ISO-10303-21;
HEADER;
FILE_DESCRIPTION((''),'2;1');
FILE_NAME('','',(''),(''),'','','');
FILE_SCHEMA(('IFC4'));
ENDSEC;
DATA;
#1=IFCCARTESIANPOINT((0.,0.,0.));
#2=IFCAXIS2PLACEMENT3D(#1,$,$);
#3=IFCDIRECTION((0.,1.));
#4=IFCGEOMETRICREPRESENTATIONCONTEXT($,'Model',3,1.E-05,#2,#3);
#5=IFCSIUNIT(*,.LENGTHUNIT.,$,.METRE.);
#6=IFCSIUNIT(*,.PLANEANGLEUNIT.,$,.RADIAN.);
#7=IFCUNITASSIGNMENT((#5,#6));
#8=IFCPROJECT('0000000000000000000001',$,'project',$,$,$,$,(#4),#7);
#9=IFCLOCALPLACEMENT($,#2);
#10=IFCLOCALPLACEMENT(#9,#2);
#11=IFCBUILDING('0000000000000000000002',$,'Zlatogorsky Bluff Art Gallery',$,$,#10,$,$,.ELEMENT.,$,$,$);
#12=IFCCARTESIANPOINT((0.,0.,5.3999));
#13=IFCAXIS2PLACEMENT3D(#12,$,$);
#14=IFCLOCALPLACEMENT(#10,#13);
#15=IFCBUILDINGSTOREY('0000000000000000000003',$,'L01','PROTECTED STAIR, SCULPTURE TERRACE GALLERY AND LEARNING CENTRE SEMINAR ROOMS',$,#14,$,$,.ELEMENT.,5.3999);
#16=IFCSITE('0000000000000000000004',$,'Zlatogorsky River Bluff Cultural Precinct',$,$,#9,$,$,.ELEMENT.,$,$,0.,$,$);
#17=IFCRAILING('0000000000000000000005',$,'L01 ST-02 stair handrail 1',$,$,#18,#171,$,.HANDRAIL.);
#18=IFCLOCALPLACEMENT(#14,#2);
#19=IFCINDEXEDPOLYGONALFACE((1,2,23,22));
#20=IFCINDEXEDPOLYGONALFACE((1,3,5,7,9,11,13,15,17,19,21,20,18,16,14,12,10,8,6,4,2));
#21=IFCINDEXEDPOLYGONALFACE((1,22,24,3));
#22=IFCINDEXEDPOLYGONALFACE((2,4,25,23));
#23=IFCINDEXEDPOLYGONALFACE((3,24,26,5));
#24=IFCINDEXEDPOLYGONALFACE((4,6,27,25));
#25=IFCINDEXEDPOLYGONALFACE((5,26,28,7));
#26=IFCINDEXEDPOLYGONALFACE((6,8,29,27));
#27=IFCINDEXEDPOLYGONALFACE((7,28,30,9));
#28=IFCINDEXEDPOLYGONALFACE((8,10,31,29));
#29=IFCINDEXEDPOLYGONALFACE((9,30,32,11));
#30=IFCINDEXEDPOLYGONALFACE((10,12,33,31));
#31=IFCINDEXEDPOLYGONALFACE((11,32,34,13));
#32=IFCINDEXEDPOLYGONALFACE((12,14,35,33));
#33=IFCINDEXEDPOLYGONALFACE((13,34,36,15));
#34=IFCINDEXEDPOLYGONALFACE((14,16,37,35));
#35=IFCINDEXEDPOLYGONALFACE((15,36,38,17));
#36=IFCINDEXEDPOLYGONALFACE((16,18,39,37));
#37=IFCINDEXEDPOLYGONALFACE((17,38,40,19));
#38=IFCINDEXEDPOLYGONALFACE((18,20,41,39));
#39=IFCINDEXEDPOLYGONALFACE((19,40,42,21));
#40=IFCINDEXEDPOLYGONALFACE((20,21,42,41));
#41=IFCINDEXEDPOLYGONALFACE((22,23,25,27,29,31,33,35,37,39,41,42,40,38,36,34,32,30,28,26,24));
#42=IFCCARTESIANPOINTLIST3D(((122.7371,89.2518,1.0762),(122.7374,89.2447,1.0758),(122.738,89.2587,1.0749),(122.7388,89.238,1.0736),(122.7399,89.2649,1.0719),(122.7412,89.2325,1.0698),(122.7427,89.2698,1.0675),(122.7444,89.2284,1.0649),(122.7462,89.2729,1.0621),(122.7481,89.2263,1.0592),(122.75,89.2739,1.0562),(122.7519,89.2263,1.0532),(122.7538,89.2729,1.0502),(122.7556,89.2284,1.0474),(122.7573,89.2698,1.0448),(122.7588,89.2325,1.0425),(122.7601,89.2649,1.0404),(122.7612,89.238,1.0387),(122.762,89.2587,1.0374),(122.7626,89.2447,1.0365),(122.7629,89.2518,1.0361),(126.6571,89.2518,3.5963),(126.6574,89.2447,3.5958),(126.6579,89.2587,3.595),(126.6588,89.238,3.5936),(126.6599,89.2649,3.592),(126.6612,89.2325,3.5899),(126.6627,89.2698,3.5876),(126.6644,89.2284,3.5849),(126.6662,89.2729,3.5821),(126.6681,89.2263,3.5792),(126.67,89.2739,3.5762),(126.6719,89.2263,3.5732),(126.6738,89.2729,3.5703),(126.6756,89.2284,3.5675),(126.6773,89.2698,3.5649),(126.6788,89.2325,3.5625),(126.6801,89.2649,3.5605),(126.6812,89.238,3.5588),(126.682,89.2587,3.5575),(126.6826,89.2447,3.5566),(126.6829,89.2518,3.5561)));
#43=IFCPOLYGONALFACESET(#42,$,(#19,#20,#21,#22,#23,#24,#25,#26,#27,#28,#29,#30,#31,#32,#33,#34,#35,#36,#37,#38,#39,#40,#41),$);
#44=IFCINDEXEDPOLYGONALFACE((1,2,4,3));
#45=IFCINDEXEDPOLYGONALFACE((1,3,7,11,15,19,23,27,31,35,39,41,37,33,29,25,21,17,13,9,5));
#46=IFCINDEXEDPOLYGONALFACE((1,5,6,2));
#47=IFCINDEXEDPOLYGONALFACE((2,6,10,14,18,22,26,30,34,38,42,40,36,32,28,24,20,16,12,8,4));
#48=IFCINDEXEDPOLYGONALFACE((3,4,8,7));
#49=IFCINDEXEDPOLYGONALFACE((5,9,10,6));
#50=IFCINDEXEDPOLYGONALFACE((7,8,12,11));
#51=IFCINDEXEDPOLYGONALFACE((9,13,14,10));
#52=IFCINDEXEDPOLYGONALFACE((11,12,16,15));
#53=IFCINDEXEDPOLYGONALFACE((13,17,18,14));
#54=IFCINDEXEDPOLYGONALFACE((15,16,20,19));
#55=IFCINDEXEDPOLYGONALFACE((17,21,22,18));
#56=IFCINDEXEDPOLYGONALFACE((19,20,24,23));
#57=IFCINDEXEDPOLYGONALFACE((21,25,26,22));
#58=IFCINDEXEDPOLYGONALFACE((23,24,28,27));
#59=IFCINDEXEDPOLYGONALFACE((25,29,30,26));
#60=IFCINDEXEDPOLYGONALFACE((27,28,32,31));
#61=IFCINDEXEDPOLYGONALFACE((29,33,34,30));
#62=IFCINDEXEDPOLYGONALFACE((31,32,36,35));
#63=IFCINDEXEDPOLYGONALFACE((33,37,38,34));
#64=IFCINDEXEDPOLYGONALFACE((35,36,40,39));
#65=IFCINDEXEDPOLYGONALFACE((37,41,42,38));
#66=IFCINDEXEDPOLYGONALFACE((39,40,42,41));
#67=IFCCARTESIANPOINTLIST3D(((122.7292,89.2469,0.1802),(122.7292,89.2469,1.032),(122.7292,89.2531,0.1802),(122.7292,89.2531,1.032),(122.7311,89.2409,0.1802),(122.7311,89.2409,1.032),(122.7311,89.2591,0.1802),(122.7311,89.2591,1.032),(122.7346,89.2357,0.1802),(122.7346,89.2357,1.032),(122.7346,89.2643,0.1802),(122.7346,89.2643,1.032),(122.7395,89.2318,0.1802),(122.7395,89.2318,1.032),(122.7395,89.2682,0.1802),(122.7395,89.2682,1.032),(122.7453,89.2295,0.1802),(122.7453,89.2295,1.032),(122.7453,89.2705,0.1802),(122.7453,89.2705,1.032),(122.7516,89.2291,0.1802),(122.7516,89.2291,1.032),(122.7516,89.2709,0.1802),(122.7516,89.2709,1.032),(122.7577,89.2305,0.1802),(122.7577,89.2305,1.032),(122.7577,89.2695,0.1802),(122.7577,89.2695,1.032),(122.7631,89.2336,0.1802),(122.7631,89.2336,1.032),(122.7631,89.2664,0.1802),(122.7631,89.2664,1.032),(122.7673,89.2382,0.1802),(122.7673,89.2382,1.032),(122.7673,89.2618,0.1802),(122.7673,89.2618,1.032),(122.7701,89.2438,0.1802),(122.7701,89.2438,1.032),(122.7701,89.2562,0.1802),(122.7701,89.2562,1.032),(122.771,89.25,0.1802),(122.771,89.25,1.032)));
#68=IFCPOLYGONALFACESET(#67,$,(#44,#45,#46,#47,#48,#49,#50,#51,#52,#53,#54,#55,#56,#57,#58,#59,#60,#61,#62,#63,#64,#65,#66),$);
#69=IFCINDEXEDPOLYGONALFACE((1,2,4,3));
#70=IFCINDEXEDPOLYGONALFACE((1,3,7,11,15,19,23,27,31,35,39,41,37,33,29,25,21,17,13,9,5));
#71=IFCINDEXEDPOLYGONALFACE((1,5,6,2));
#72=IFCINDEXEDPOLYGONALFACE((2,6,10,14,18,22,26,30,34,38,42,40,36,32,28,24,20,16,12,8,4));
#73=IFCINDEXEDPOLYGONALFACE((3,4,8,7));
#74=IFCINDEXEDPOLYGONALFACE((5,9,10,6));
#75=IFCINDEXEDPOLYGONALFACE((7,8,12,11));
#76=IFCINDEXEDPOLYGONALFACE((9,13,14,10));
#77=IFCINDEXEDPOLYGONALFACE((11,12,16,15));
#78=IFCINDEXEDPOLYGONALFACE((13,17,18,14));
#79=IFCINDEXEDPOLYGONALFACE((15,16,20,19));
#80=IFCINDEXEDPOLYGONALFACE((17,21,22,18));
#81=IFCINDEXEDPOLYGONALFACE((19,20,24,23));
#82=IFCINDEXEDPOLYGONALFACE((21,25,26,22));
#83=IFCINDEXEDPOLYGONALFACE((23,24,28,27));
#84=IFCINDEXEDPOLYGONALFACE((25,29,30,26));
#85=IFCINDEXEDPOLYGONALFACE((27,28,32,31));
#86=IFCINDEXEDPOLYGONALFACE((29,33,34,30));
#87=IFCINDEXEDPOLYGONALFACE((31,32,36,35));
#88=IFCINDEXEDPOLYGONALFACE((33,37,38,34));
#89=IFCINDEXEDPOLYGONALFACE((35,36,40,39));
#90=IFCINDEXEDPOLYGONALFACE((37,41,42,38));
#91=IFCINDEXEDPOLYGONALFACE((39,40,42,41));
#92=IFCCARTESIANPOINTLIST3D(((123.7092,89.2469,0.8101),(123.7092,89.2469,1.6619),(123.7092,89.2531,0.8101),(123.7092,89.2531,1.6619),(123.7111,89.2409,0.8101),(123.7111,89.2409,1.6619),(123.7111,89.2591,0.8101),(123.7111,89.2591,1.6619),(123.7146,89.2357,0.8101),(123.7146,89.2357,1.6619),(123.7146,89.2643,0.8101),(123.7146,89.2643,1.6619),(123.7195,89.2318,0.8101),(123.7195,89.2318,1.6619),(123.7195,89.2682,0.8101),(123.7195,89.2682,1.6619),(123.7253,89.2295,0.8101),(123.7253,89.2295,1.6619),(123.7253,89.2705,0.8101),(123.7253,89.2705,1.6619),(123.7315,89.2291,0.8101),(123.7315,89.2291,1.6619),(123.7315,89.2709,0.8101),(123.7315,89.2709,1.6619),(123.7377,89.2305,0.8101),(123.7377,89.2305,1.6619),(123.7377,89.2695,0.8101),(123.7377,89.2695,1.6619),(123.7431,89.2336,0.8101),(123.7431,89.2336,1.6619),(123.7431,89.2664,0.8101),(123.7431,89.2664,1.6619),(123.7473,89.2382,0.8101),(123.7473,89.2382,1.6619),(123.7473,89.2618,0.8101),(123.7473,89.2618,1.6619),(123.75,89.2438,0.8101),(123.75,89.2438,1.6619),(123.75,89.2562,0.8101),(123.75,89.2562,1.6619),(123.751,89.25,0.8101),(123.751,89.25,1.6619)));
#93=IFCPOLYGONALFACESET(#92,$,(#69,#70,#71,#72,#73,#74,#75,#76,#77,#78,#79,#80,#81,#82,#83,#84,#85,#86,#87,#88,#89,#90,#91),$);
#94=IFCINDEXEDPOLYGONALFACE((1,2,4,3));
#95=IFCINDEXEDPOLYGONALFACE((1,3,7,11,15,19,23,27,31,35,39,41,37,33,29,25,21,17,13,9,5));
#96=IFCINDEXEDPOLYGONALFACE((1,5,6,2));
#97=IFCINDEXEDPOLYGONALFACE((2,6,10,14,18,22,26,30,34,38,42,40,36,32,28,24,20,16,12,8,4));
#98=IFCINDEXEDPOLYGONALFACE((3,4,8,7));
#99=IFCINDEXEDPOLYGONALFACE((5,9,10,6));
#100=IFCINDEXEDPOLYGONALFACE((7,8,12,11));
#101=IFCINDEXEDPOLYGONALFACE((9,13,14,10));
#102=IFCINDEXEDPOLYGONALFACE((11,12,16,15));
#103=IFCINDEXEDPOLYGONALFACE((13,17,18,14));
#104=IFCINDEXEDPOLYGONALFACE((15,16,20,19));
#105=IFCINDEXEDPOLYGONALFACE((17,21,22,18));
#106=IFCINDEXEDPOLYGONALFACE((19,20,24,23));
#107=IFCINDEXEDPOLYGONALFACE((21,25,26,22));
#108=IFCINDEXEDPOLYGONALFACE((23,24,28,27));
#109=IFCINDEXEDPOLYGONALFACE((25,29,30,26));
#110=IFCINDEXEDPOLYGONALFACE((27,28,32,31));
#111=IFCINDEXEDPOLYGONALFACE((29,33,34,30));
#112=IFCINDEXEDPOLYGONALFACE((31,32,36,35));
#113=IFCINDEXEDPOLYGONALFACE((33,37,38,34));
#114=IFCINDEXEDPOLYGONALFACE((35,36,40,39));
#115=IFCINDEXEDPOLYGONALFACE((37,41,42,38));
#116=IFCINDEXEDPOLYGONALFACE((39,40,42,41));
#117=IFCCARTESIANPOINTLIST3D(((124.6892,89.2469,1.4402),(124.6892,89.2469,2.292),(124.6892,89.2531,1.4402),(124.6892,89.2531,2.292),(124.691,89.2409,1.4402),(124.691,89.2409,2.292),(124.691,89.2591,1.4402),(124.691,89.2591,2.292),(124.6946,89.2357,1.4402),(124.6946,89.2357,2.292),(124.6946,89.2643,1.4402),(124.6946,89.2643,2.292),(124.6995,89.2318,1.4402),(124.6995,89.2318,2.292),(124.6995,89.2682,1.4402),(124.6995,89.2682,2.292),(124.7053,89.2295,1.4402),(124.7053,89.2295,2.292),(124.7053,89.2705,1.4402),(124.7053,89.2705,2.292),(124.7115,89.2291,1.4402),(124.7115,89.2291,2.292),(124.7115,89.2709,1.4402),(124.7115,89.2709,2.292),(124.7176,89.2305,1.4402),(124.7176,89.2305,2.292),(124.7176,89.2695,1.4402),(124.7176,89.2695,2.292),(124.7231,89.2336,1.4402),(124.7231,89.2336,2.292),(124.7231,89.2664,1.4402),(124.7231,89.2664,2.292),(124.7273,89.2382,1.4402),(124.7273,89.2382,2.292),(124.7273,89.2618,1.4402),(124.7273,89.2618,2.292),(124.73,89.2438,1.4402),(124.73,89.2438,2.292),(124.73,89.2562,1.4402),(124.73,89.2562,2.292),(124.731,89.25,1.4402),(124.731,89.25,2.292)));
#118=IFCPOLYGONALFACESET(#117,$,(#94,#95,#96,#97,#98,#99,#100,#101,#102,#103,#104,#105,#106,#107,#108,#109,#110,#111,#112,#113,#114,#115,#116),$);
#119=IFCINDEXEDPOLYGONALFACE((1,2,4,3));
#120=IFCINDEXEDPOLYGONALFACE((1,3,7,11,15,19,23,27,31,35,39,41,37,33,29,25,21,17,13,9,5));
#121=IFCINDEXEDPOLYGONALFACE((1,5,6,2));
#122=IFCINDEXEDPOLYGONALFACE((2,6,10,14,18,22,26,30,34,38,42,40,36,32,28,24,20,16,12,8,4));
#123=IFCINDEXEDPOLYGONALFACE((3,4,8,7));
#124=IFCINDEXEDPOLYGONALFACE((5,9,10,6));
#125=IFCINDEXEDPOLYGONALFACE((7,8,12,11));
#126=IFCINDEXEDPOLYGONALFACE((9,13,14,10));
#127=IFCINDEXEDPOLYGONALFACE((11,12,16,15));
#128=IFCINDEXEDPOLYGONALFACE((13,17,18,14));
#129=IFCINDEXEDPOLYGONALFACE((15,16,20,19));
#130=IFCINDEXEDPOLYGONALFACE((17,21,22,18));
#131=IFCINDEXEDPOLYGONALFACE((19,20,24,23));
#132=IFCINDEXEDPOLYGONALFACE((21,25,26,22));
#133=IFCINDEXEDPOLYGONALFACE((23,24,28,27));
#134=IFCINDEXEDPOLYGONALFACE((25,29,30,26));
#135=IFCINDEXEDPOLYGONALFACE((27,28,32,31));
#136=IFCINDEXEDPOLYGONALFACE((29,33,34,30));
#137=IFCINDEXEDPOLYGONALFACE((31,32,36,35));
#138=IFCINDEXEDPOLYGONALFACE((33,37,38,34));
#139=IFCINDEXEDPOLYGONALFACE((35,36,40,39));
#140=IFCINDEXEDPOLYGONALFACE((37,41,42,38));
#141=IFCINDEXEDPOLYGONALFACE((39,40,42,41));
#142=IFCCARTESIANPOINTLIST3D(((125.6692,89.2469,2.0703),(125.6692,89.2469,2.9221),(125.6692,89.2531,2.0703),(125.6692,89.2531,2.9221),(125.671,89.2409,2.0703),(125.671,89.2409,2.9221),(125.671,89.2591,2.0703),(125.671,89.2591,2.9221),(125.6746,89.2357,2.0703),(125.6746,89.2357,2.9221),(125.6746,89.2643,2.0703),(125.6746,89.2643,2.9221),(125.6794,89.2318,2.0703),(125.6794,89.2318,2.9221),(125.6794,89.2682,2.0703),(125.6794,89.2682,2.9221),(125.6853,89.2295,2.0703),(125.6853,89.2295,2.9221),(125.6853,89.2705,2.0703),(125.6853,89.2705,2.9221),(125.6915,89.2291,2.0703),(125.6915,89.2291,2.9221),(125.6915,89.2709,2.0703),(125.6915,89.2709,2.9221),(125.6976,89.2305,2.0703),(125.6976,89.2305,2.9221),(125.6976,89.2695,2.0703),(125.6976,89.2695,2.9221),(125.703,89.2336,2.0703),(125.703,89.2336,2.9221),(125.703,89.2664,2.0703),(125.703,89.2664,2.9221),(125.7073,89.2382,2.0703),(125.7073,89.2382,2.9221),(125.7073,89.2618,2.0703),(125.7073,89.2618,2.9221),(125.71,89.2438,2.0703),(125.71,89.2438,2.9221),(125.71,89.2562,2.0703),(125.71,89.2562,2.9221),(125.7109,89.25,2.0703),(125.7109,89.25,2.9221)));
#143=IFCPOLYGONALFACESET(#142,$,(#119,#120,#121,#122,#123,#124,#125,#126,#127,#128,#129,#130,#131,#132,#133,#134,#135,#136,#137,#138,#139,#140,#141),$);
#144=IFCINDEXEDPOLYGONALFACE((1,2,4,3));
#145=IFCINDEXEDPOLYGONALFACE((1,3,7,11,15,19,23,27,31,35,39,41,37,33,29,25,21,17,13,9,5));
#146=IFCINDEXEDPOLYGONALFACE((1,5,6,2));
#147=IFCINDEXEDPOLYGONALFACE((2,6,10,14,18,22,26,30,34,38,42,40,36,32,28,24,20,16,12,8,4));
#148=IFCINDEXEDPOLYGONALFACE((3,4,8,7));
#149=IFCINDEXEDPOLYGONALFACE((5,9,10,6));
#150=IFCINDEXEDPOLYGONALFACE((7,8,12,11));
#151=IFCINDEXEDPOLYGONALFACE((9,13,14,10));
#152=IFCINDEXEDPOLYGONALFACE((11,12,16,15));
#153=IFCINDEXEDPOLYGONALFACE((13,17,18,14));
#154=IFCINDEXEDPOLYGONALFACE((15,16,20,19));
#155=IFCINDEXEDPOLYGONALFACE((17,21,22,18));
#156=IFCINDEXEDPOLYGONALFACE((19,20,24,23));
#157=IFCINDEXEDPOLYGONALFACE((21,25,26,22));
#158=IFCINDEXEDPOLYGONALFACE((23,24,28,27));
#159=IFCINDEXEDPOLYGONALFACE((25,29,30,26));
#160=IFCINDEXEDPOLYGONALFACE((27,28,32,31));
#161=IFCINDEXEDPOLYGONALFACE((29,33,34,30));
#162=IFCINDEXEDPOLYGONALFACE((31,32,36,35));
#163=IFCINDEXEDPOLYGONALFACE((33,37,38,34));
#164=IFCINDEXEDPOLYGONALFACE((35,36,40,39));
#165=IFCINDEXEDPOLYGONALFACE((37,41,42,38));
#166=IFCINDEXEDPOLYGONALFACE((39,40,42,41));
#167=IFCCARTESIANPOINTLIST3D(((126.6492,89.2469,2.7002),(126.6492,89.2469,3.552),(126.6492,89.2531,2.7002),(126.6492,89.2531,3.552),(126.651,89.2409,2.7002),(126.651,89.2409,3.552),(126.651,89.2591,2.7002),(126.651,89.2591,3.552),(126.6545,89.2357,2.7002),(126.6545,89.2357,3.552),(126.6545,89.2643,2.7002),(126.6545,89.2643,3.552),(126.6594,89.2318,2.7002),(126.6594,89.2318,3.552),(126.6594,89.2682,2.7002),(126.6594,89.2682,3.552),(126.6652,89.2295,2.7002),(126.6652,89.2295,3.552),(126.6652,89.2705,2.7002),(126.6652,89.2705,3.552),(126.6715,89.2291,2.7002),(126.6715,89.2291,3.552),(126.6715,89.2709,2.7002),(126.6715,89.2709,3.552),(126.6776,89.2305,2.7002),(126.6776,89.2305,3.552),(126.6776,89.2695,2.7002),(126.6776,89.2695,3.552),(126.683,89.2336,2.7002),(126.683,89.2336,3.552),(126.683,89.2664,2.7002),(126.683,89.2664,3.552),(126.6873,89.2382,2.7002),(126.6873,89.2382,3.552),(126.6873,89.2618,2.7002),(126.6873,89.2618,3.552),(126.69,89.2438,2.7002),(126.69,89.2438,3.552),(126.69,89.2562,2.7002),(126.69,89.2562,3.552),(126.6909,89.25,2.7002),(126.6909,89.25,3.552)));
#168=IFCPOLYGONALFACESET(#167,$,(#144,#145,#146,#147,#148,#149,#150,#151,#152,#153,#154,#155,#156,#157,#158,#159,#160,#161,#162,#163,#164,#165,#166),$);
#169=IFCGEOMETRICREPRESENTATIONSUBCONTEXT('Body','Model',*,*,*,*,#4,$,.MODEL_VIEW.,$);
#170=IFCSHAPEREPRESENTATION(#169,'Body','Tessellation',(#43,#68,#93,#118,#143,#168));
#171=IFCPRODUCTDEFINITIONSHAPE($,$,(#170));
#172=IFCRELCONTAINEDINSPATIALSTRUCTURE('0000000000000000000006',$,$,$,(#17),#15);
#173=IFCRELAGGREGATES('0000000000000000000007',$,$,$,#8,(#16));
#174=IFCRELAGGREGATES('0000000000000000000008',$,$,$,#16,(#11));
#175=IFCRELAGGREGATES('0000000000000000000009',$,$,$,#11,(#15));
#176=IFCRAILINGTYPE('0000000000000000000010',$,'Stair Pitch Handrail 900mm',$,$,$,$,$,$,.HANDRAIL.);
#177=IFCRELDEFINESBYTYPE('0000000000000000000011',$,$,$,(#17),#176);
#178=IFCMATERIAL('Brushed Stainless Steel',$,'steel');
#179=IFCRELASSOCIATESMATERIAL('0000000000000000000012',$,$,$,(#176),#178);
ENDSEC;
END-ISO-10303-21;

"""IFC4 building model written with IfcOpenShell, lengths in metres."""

from ifc_helpers import new_model, si_unit, direction, frame, origin, origin_2d, place, context, subcontext, project, spatial, circle, extrude, material, type_object, element, save


model = new_model("IFC4")

# Units and contexts
model_context = context("Model", 3, precision=1e-05, world=origin(), true_north=direction((0.0, 1.0)))
body_context = subcontext(model_context, "Body", "Model", "MODEL_VIEW")
ifc_project = project(units=[si_unit("LENGTHUNIT", "METRE"), si_unit("PLANEANGLEUNIT", "RADIAN")], contexts=[model_context])

# Site, building, storey
site_placement = place(None, origin())
site = spatial("IfcSite", under=ifc_project, at=site_placement, Name="Zlatogorsky River Bluff Cultural Precinct", CompositionType="ELEMENT", RefElevation=0.0)
building_placement = place(site_placement, origin())
building = spatial("IfcBuilding", under=site, at=building_placement, Name="Zlatogorsky Bluff Art Gallery", CompositionType="ELEMENT")
storey_placement = place(building_placement, frame((0.0, 0.0, 5.3999)))
storey = spatial("IfcBuildingStorey", under=building, at=storey_placement, Name="L01", Description="PROTECTED STAIR, SCULPTURE TERRACE GALLERY AND LEARNING CENTRE SEMINAR ROOMS", CompositionType="ELEMENT", Elevation=5.3999)

# Railing
ifc_material_1 = material(Name="Brushed Stainless Steel", Category="steel")
railing_type_1 = type_object("IfcRailingType", Name="Stair Pitch Handrail 900mm", PredefinedType="HANDRAIL", material=ifc_material_1)
railing_1_placement = place(storey_placement, frame((122.75, 89.25, 0.1802)))
element("IfcRailing", 1, at=railing_1_placement, inside=storey, type_object=railing_type_1, Name="L01 ST-02 stair handrail 1", PredefinedType="HANDRAIL", context=body_context, shape_type="SweptSolid", body=[
    extrude(circle(Radius=0.0239, at=origin_2d()), frame((0.0, 0.0, 0.876), z_axis=(0.841172, 0.0, 0.540768), x_axis=(0.0, 1.0, 0.0)), (0.0, 0.0, 1.0), 4.6602),
    extrude(circle(Radius=0.021, at=origin_2d()), origin(), (0.0, 0.0, 1.0), 0.8518),
    extrude(circle(Radius=0.021, at=origin_2d()), frame((0.98, 0.0, 0.6299)), (0.0, 0.0, 1.0), 0.8518),
    extrude(circle(Radius=0.021, at=origin_2d()), frame((1.96, 0.0, 1.26)), (0.0, 0.0, 1.0), 0.8518),
    extrude(circle(Radius=0.021, at=origin_2d()), frame((2.9399, 0.0, 1.8901)), (0.0, 0.0, 1.0), 0.8518),
    extrude(circle(Radius=0.021, at=origin_2d()), frame((3.9199, 0.0, 2.52)), (0.0, 0.0, 1.0), 0.8518),
])

save(model, "model.ifc")
